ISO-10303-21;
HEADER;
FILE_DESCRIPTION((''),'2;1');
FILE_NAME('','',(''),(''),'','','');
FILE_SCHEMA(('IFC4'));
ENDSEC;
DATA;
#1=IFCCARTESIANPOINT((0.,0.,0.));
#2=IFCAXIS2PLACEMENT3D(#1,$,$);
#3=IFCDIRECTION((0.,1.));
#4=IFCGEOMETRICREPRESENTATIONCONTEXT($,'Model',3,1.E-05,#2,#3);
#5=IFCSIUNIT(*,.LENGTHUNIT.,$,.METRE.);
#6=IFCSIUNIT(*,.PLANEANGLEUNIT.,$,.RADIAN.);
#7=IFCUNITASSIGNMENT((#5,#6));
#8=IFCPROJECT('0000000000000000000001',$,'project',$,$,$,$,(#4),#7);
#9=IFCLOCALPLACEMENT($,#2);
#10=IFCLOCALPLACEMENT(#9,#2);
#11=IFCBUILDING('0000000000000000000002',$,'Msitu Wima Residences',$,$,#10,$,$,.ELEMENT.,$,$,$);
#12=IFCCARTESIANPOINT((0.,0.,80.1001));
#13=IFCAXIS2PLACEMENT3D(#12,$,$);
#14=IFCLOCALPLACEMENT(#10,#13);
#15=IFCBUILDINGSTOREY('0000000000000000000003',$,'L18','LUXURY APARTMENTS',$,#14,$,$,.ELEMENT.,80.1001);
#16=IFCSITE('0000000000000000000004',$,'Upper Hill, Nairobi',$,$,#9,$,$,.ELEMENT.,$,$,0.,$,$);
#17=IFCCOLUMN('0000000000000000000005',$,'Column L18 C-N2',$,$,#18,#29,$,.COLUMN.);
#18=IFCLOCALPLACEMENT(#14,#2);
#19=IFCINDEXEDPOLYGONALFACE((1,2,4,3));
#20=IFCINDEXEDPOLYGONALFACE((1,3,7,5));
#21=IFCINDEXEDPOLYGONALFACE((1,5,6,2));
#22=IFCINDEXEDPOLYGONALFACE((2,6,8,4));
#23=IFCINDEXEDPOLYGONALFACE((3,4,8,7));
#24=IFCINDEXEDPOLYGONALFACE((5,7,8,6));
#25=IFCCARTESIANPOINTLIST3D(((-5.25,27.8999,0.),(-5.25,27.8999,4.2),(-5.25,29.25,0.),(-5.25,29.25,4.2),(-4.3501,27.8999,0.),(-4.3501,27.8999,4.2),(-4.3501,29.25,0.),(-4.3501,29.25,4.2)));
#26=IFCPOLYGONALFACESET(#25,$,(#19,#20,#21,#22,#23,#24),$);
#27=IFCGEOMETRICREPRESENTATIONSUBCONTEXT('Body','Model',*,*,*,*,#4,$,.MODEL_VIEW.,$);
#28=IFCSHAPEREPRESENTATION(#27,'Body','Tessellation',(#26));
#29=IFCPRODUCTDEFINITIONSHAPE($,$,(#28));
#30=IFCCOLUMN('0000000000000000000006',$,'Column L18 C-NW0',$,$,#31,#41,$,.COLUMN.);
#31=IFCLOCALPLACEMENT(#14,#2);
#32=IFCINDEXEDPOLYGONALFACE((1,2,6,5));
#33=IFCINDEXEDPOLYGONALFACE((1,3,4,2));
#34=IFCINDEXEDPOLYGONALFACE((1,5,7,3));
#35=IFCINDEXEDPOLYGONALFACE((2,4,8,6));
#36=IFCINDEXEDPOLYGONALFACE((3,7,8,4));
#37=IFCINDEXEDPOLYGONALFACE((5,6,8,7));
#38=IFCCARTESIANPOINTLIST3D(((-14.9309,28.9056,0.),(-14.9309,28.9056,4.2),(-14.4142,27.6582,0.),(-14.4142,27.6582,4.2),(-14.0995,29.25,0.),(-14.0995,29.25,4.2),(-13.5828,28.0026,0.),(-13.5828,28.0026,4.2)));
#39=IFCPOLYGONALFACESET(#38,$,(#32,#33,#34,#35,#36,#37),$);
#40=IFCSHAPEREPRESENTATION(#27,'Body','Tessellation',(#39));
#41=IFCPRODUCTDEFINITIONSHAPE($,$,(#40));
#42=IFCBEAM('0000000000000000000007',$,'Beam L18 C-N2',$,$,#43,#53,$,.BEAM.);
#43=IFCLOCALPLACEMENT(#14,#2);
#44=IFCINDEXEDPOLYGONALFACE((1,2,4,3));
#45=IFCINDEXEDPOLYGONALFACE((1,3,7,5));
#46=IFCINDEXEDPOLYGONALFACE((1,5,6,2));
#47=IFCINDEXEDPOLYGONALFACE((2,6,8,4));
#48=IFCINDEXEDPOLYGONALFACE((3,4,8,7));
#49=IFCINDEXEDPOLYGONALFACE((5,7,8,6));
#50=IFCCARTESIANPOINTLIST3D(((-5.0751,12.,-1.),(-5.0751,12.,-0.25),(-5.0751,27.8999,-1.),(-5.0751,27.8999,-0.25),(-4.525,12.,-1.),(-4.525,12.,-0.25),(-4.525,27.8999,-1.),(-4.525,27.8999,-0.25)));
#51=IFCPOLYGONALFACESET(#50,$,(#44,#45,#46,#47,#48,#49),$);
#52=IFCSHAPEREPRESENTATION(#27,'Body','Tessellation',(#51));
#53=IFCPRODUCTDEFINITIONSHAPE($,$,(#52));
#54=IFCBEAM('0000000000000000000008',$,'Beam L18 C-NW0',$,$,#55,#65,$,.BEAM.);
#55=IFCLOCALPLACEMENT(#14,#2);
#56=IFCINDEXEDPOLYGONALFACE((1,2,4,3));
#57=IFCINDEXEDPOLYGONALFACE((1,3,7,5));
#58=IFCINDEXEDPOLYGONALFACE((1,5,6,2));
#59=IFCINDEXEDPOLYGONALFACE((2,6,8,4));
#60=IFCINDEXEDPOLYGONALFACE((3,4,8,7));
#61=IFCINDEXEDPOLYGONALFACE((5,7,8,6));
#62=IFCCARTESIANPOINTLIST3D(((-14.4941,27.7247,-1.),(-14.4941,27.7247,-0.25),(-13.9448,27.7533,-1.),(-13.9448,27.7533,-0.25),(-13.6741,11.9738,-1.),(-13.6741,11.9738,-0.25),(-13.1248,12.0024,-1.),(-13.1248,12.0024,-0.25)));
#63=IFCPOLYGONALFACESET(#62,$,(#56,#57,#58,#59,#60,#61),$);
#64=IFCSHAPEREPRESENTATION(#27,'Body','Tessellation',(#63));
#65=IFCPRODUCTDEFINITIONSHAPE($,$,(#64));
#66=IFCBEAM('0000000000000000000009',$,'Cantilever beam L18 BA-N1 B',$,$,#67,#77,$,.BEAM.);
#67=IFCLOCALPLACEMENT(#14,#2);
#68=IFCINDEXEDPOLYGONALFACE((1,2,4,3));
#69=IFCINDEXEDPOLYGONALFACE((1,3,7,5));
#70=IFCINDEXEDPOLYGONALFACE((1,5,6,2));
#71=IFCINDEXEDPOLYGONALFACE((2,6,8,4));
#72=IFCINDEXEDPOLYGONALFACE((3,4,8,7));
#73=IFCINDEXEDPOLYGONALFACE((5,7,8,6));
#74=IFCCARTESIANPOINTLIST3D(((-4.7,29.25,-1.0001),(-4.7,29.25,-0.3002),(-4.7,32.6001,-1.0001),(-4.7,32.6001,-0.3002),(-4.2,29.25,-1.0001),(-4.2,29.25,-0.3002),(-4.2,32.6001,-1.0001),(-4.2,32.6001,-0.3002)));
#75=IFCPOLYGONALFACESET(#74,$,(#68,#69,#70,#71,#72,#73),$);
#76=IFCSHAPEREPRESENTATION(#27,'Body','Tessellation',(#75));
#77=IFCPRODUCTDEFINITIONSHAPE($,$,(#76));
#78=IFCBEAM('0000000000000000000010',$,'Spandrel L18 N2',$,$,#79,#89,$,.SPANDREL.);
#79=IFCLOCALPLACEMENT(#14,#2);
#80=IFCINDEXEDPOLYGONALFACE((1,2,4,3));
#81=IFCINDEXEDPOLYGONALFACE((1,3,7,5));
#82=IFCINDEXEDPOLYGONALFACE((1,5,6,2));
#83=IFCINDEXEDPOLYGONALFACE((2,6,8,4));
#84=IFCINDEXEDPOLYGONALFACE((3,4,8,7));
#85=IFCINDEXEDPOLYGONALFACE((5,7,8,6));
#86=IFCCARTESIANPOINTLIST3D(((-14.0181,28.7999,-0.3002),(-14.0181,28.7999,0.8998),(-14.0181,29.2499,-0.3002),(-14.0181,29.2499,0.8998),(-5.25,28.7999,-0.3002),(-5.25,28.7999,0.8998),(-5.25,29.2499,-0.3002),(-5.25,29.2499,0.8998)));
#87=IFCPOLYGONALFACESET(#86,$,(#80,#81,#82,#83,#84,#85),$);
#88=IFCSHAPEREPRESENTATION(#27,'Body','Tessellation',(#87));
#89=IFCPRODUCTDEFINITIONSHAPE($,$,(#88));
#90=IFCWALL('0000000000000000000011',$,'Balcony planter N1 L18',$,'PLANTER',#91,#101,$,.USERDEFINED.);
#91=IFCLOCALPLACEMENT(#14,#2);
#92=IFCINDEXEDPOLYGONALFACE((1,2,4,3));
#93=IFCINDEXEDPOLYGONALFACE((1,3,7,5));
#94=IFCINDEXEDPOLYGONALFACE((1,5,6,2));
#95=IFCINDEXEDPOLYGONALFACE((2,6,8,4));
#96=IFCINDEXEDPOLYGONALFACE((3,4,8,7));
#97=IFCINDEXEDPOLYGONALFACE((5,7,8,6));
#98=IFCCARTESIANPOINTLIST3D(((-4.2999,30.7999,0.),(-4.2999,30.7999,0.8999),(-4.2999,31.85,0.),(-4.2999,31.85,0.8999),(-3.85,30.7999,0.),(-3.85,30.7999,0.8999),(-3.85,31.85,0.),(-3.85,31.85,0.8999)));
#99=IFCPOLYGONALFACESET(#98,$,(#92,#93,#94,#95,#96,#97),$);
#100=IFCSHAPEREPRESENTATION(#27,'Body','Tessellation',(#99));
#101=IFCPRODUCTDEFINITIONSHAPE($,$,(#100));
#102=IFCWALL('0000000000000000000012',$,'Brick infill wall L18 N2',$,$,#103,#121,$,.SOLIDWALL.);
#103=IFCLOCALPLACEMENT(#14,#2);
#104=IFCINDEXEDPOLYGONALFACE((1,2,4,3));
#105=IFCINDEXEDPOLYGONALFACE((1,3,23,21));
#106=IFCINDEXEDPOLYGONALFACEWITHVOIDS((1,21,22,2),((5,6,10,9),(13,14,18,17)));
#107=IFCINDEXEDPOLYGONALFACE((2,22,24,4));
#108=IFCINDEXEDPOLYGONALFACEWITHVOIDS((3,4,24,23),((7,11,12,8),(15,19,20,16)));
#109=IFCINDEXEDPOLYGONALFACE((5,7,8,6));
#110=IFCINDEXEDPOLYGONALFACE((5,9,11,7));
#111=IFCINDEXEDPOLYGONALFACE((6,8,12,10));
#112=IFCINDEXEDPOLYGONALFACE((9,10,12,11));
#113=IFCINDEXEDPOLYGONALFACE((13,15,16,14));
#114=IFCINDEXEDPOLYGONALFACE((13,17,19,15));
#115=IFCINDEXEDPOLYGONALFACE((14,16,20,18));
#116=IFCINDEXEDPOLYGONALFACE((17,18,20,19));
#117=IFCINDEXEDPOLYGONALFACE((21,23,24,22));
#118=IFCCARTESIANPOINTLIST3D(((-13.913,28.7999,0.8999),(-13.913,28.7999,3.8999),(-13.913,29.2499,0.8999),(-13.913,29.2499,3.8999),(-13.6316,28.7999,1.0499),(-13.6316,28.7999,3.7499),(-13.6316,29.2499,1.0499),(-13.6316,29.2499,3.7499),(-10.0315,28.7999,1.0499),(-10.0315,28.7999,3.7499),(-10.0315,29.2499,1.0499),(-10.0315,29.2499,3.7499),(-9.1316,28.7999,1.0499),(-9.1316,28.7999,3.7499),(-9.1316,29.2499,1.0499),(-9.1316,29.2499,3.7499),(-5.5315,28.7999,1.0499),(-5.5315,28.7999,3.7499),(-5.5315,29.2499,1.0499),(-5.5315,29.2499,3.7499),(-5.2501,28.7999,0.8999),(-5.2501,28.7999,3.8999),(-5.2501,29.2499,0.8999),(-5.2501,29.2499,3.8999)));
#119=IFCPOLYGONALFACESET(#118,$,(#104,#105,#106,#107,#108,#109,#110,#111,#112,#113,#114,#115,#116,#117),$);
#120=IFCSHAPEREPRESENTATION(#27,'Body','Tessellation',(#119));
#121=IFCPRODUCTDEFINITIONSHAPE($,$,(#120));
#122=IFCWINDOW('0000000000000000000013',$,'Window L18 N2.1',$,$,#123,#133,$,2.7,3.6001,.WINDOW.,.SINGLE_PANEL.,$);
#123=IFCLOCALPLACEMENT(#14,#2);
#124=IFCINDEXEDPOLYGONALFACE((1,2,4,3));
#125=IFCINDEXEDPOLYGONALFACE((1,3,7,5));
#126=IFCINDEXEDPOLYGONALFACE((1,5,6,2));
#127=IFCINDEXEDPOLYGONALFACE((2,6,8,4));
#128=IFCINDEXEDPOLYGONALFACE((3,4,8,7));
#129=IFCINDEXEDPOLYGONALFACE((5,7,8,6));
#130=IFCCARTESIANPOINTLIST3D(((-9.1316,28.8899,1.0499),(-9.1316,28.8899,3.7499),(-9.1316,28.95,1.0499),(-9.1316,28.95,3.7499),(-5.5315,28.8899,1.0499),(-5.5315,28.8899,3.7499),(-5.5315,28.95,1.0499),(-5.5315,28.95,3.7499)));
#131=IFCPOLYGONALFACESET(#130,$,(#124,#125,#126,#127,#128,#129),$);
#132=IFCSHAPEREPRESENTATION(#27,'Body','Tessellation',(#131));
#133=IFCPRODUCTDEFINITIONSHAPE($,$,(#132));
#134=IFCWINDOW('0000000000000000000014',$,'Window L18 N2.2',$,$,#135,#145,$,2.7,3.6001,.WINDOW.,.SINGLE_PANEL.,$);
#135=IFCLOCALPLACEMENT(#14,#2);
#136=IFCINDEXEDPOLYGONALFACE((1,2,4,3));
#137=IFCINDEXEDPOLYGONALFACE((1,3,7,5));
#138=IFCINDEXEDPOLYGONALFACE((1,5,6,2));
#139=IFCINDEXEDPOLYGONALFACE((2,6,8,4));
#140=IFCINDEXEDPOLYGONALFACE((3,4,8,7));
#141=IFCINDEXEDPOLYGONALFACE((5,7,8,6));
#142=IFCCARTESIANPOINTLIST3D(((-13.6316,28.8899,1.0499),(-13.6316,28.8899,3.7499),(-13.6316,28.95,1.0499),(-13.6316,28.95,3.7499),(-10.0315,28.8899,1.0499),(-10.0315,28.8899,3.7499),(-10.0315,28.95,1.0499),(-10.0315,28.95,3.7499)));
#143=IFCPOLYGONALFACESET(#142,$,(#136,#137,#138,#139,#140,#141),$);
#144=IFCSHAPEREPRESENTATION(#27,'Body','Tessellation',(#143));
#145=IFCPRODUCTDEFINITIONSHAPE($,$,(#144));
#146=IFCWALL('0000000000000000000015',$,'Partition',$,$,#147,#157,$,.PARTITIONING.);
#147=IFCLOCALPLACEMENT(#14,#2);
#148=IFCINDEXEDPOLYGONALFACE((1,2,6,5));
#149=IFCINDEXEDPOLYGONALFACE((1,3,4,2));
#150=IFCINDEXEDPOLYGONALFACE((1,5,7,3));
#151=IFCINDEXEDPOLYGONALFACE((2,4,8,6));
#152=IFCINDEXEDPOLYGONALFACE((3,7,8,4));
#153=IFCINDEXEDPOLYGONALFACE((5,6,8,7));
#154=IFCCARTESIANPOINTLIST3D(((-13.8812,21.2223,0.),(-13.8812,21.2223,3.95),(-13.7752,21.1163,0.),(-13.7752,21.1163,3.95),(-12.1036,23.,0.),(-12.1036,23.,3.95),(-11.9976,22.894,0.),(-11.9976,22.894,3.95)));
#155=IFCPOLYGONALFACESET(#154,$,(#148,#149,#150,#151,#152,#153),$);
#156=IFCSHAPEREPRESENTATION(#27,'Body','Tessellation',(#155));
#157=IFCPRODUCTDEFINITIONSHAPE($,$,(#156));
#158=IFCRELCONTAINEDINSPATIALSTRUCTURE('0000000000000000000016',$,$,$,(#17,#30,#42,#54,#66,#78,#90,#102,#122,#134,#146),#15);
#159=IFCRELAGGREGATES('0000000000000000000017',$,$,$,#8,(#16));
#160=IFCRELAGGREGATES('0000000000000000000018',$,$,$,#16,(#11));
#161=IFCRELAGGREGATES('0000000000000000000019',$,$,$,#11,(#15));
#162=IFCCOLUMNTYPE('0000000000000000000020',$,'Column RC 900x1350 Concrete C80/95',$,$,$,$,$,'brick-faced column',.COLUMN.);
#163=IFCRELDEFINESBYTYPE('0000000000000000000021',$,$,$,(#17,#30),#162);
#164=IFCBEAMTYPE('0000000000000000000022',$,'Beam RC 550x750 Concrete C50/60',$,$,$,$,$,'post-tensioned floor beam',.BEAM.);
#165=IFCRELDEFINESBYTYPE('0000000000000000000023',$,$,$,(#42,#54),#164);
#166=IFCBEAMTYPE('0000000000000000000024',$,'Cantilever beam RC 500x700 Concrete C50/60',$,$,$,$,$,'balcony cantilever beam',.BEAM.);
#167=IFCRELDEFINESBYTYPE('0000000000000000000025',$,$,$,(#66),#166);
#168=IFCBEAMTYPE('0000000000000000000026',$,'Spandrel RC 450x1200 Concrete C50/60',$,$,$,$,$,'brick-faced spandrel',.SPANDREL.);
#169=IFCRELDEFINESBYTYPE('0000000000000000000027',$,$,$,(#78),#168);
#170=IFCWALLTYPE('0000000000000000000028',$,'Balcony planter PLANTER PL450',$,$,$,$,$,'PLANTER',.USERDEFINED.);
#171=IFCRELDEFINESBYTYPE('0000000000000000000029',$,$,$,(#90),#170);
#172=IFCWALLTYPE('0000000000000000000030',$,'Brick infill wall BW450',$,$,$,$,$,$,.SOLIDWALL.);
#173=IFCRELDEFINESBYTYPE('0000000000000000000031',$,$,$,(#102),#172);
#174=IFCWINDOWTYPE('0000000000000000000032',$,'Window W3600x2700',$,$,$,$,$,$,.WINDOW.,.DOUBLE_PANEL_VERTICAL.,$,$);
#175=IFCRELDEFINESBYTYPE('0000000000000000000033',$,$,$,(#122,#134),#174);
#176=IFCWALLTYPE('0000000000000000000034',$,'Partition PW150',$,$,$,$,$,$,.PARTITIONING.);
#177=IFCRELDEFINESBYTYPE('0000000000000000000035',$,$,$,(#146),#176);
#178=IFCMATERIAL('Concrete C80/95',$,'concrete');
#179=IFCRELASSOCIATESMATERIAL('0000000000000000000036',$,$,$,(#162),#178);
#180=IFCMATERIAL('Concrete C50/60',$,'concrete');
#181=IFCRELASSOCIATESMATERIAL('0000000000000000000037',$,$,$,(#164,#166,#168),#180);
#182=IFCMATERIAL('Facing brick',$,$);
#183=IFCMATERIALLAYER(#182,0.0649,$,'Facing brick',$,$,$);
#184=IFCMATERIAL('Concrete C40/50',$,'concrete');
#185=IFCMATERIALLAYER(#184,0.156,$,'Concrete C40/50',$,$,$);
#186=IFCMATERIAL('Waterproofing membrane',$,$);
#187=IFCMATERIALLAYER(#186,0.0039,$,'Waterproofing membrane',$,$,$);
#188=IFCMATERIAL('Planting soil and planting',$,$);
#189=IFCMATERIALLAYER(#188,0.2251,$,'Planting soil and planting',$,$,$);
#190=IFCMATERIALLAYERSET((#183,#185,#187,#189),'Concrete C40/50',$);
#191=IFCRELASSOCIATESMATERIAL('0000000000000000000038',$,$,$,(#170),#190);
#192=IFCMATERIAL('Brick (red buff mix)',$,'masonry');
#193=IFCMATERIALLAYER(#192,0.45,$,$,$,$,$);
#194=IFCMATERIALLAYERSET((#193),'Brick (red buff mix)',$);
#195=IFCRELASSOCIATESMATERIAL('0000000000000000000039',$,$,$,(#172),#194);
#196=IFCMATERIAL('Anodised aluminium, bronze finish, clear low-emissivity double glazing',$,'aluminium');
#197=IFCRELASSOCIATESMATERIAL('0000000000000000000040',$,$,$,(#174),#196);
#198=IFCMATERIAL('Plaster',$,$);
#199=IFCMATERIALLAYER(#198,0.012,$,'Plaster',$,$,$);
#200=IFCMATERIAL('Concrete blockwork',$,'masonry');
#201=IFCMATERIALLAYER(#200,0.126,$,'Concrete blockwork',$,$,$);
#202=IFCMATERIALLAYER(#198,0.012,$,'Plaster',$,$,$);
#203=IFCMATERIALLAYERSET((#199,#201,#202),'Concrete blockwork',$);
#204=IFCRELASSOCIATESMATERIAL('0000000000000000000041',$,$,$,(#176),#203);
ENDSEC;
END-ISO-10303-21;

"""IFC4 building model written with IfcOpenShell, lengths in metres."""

from ifc_helpers import new_model, si_unit, direction, frame, frame_2d, origin, origin_2d, place, context, subcontext, project, spatial, rectangle, extrude, material, layer, layer_set, material_profile, profile_set, type_object, element, fill, save


model = new_model("IFC4")

# Units and contexts
model_context = context("Model", 3, precision=1e-05, world=origin(), true_north=direction((0.0, 1.0)))
body_context = subcontext(model_context, "Body", "Model", "MODEL_VIEW")
ifc_project = project(units=[si_unit("LENGTHUNIT", "METRE"), si_unit("PLANEANGLEUNIT", "RADIAN")], contexts=[model_context])

# Site, building, storey
site_placement = place(None, origin())
site = spatial("IfcSite", under=ifc_project, at=site_placement, Name="Upper Hill, Nairobi", CompositionType="ELEMENT", RefElevation=0.0)
building_placement = place(site_placement, origin())
building = spatial("IfcBuilding", under=site, at=building_placement, Name="Msitu Wima Residences", CompositionType="ELEMENT")
storey_placement = place(building_placement, frame((0.0, 0.0, 80.1001)))
storey = spatial("IfcBuildingStorey", under=building, at=storey_placement, Name="L18", Description="LUXURY APARTMENTS", CompositionType="ELEMENT", Elevation=80.1001)

# Columns
ifc_material_1 = material(Name="Concrete C80/95", Category="concrete")
ifc_material_profile_1 = material_profile(ifc_material_1, rectangle(XDim=0.8999, YDim=1.3501, at=origin_2d()), Name="RC 900x1350")
ifc_profile_set_1 = profile_set([ifc_material_profile_1], Name="Concrete C80/95")
column_type = type_object("IfcColumnType", Name="Column RC 900x1350 Concrete C80/95", ElementType="brick-faced column", PredefinedType="COLUMN", material=ifc_profile_set_1)
for number, where, z_axis, x_axis, name in (
    (1, (-4.8, 28.575, 0.0), (0.0, 0.0, 1.0), (-1.0, 0.0, 0.0), "Column L18 C-N2"),
    (2, (-14.2568, 28.4541, 0.0), (0.0, 0.0, 1.0), (-0.92388, -0.382683, 0.0), "Column L18 C-NW0"),
):
    element("IfcColumn", number, at=place(storey_placement, frame(where, z_axis=z_axis, x_axis=x_axis)), inside=storey, type_object=column_type, Name=name, PredefinedType="COLUMN", context=body_context, shape_type="SweptSolid", body=[
        extrude(rectangle(XDim=0.8999, YDim=1.3501, at=origin_2d()), origin(), (0.0, 0.0, 1.0), 4.2),
    ])

# Beams
ifc_material_2 = material(Name="Concrete C50/60", Category="concrete")
ifc_material_profile_2 = material_profile(ifc_material_2, rectangle(XDim=0.55, YDim=0.75, at=origin_2d()), Name="RC 550x750")
ifc_profile_set_2 = profile_set([ifc_material_profile_2], Name="Concrete C50/60")
beam_type_1 = type_object("IfcBeamType", Name="Beam RC 550x750 Concrete C50/60", ElementType="post-tensioned floor beam", PredefinedType="BEAM", material=ifc_profile_set_2)
beam_1_placement = place(storey_placement, frame((-4.8, 27.8999, -0.625), z_axis=(0.0, -1.0, 0.0), x_axis=(1.0, 0.0, 0.0)))
element("IfcBeam", 3, at=beam_1_placement, inside=storey, type_object=beam_type_1, Name="Beam L18 C-N2", PredefinedType="BEAM", context=body_context, shape_type="SweptSolid", body=[
    extrude(rectangle(XDim=0.55, YDim=0.75, at=origin_2d()), origin(), (0.0, 0.0, 1.0), 15.8999),
])
beam_2_placement = place(storey_placement, frame((-14.2195, 27.739, -0.625), z_axis=(0.051994, -0.998647, 0.0), x_axis=(0.998647, 0.051994, 0.0)))
element("IfcBeam", 4, at=beam_2_placement, inside=storey, type_object=beam_type_1, Name="Beam L18 C-NW0", PredefinedType="BEAM", context=body_context, shape_type="SweptSolid", body=[
    extrude(rectangle(XDim=0.55, YDim=0.75, at=origin_2d()), origin(), (0.0, 0.0, 1.0), 15.7722),
])
ifc_material_profile_3 = material_profile(ifc_material_2, rectangle(XDim=0.5, YDim=0.7, at=origin_2d()), Name="RC 500x700")
ifc_profile_set_3 = profile_set([ifc_material_profile_3], Name="Concrete C50/60")
beam_type_2 = type_object("IfcBeamType", Name="Cantilever beam RC 500x700 Concrete C50/60", ElementType="balcony cantilever beam", PredefinedType="BEAM", material=ifc_profile_set_3)
beam_3_placement = place(storey_placement, frame((-4.45, 29.25, -0.6501), z_axis=(0.0, 1.0, 0.0), x_axis=(-1.0, 0.0, 0.0)))
element("IfcBeam", 5, at=beam_3_placement, inside=storey, type_object=beam_type_2, Name="Cantilever beam L18 BA-N1 B", PredefinedType="BEAM", context=body_context, shape_type="SweptSolid", body=[
    extrude(rectangle(XDim=0.5, YDim=0.7, at=origin_2d()), origin(), (0.0, 0.0, 1.0), 3.3501),
])
ifc_material_profile_4 = material_profile(ifc_material_2, rectangle(XDim=0.45, YDim=1.2, at=origin_2d()), Name="RC 450x1200")
ifc_profile_set_4 = profile_set([ifc_material_profile_4], Name="Concrete C50/60")
beam_type_3 = type_object("IfcBeamType", Name="Spandrel RC 450x1200 Concrete C50/60", ElementType="brick-faced spandrel", PredefinedType="SPANDREL", material=ifc_profile_set_4)
beam_4_placement = place(storey_placement, frame((-5.25, 29.0249, 0.2998), z_axis=(-1.0, 0.0, 0.0), x_axis=(0.0, -1.0, 0.0)))
element("IfcBeam", 6, at=beam_4_placement, inside=storey, type_object=beam_type_3, Name="Spandrel L18 N2", PredefinedType="SPANDREL", context=body_context, shape_type="SweptSolid", body=[
    extrude(rectangle(XDim=0.45, YDim=1.2, at=origin_2d()), origin(), (0.0, 0.0, 1.0), 8.7681),
])

# Wall
ifc_material_3 = material(Name="Facing brick")
ifc_layer_1 = layer(ifc_material_3, 0.0649, Name="Facing brick")
ifc_material_4 = material(Name="Concrete C40/50", Category="concrete")
ifc_layer_2 = layer(ifc_material_4, 0.156, Name="Concrete C40/50")
ifc_material_5 = material(Name="Waterproofing membrane")
ifc_layer_3 = layer(ifc_material_5, 0.0039, Name="Waterproofing membrane")
ifc_material_6 = material(Name="Planting soil and planting")
ifc_layer_4 = layer(ifc_material_6, 0.2251, Name="Planting soil and planting")
ifc_layer_set_1 = layer_set([ifc_layer_1, ifc_layer_2, ifc_layer_3, ifc_layer_4], Name="Concrete C40/50")
wall_type_1 = type_object("IfcWallType", Name="Balcony planter PLANTER PL450", ElementType="PLANTER", PredefinedType="USERDEFINED", material=ifc_layer_set_1)
wall_1_placement = place(storey_placement, frame((-4.075, 30.8, 0.0), z_axis=(0.0, 0.0, 1.0), x_axis=(0.0, 1.0, 0.0)))
element("IfcWall", 7, at=wall_1_placement, inside=storey, type_object=wall_type_1, Name="Balcony planter N1 L18", ObjectType="PLANTER", PredefinedType="USERDEFINED", context=body_context, shape_type="SweptSolid", body=[
    extrude(rectangle(XDim=1.05, YDim=0.45, at=frame_2d((0.5249, 0.0))), origin(), (0.0, 0.0, 1.0), 0.8999),
])

# Wall, openings, windows
ifc_material_7 = material(Name="Brick (red buff mix)", Category="masonry")
ifc_layer_5 = layer(ifc_material_7, 0.45)
ifc_layer_set_2 = layer_set([ifc_layer_5], Name="Brick (red buff mix)")
wall_type_2 = type_object("IfcWallType", Name="Brick infill wall BW450", PredefinedType="SOLIDWALL", material=ifc_layer_set_2)
wall_2_placement = place(storey_placement, frame((-5.25, 29.0249, 0.8999), z_axis=(0.0, 0.0, 1.0), x_axis=(-1.0, 0.0, 0.0)))
wall_2 = element("IfcWall", 8, at=wall_2_placement, inside=storey, type_object=wall_type_2, Name="Brick infill wall L18 N2", PredefinedType="SOLIDWALL", context=body_context, shape_type="SweptSolid", body=[
    extrude(rectangle(XDim=8.6628, YDim=0.45, at=frame_2d((4.3315, 0.0))), origin(), (0.0, 0.0, 1.0), 3.0),
])
opening_1_placement = place(wall_2_placement, frame((0.2815, 0.0, 0.1499)))
opening_1 = element("IfcOpeningElement", 9, at=opening_1_placement, cuts=wall_2, PredefinedType="OPENING", context=body_context, shape_type="SweptSolid", body=[
    extrude(rectangle(XDim=3.6001, YDim=2.7, at=frame_2d((1.8, 1.3501))), frame((0.0, 0.2349, 0.0), z_axis=(0.0, -1.0, 0.0), x_axis=(1.0, 0.0, 0.0)), (0.0, 0.0, 1.0), 0.47),
])
opening_2_placement = place(wall_2_placement, frame((4.7815, 0.0, 0.1499)))
opening_2 = element("IfcOpeningElement", 10, at=opening_2_placement, cuts=wall_2, PredefinedType="OPENING", context=body_context, shape_type="SweptSolid", body=[
    extrude(rectangle(XDim=3.6001, YDim=2.7, at=frame_2d((1.8, 1.3501))), frame((0.0, 0.2349, 0.0), z_axis=(0.0, -1.0, 0.0), x_axis=(1.0, 0.0, 0.0)), (0.0, 0.0, 1.0), 0.47),
])
ifc_material_8 = material(Name="Anodised aluminium, bronze finish, clear low-emissivity double glazing", Category="aluminium")
window_type = type_object("IfcWindowType", Name="Window W3600x2700", PartitioningType="DOUBLE_PANEL_VERTICAL", PredefinedType="WINDOW", material=ifc_material_8)
window_1_placement = place(opening_1_placement, origin())
window_1 = element("IfcWindow", 11, at=window_1_placement, inside=storey, type_object=window_type, Name="Window L18 N2.1", OverallHeight=2.7, OverallWidth=3.6001, PartitioningType="SINGLE_PANEL", PredefinedType="WINDOW", context=body_context, shape_type="SweptSolid", body=[
    extrude(rectangle(XDim=3.6001, YDim=2.7, at=frame_2d((1.8, 1.3501))), frame((0.0, 0.135, 0.0), z_axis=(0.0, -1.0, 0.0), x_axis=(1.0, 0.0, 0.0)), (0.0, 0.0, 1.0), 0.0601),
])
fill(opening_1, window_1)
window_2_placement = place(opening_2_placement, origin())
window_2 = element("IfcWindow", 12, at=window_2_placement, inside=storey, type_object=window_type, Name="Window L18 N2.2", OverallHeight=2.7, OverallWidth=3.6001, PartitioningType="SINGLE_PANEL", PredefinedType="WINDOW", context=body_context, shape_type="SweptSolid", body=[
    extrude(rectangle(XDim=3.6001, YDim=2.7, at=frame_2d((1.8, 1.3501))), frame((0.0, 0.135, 0.0), z_axis=(0.0, -1.0, 0.0), x_axis=(1.0, 0.0, 0.0)), (0.0, 0.0, 1.0), 0.0601),
])
fill(opening_2, window_2)

# Wall
ifc_material_9 = material(Name="Plaster")
ifc_layer_6 = layer(ifc_material_9, 0.012, Name="Plaster")
ifc_material_10 = material(Name="Concrete blockwork", Category="masonry")
ifc_layer_7 = layer(ifc_material_10, 0.126, Name="Concrete blockwork")
ifc_layer_8 = layer(ifc_material_9, 0.012, Name="Plaster")
ifc_layer_set_3 = layer_set([ifc_layer_6, ifc_layer_7, ifc_layer_8], Name="Concrete blockwork")
wall_type_3 = type_object("IfcWallType", Name="Partition PW150", PredefinedType="PARTITIONING", material=ifc_layer_set_3)
wall_3_placement = place(storey_placement, frame((-13.8281, 21.1694, 0.0), z_axis=(0.0, 0.0, 1.0), x_axis=(0.707107, 0.707107, 0.0)))
element("IfcWall", 13, at=wall_3_placement, inside=storey, type_object=wall_type_3, Name="Partition", PredefinedType="PARTITIONING", context=body_context, shape_type="SweptSolid", body=[
    extrude(rectangle(XDim=2.5139, YDim=0.1499, at=frame_2d((1.2568, 0.0))), origin(), (0.0, 0.0, 1.0), 3.95),
])

save(model, "model.ifc")
